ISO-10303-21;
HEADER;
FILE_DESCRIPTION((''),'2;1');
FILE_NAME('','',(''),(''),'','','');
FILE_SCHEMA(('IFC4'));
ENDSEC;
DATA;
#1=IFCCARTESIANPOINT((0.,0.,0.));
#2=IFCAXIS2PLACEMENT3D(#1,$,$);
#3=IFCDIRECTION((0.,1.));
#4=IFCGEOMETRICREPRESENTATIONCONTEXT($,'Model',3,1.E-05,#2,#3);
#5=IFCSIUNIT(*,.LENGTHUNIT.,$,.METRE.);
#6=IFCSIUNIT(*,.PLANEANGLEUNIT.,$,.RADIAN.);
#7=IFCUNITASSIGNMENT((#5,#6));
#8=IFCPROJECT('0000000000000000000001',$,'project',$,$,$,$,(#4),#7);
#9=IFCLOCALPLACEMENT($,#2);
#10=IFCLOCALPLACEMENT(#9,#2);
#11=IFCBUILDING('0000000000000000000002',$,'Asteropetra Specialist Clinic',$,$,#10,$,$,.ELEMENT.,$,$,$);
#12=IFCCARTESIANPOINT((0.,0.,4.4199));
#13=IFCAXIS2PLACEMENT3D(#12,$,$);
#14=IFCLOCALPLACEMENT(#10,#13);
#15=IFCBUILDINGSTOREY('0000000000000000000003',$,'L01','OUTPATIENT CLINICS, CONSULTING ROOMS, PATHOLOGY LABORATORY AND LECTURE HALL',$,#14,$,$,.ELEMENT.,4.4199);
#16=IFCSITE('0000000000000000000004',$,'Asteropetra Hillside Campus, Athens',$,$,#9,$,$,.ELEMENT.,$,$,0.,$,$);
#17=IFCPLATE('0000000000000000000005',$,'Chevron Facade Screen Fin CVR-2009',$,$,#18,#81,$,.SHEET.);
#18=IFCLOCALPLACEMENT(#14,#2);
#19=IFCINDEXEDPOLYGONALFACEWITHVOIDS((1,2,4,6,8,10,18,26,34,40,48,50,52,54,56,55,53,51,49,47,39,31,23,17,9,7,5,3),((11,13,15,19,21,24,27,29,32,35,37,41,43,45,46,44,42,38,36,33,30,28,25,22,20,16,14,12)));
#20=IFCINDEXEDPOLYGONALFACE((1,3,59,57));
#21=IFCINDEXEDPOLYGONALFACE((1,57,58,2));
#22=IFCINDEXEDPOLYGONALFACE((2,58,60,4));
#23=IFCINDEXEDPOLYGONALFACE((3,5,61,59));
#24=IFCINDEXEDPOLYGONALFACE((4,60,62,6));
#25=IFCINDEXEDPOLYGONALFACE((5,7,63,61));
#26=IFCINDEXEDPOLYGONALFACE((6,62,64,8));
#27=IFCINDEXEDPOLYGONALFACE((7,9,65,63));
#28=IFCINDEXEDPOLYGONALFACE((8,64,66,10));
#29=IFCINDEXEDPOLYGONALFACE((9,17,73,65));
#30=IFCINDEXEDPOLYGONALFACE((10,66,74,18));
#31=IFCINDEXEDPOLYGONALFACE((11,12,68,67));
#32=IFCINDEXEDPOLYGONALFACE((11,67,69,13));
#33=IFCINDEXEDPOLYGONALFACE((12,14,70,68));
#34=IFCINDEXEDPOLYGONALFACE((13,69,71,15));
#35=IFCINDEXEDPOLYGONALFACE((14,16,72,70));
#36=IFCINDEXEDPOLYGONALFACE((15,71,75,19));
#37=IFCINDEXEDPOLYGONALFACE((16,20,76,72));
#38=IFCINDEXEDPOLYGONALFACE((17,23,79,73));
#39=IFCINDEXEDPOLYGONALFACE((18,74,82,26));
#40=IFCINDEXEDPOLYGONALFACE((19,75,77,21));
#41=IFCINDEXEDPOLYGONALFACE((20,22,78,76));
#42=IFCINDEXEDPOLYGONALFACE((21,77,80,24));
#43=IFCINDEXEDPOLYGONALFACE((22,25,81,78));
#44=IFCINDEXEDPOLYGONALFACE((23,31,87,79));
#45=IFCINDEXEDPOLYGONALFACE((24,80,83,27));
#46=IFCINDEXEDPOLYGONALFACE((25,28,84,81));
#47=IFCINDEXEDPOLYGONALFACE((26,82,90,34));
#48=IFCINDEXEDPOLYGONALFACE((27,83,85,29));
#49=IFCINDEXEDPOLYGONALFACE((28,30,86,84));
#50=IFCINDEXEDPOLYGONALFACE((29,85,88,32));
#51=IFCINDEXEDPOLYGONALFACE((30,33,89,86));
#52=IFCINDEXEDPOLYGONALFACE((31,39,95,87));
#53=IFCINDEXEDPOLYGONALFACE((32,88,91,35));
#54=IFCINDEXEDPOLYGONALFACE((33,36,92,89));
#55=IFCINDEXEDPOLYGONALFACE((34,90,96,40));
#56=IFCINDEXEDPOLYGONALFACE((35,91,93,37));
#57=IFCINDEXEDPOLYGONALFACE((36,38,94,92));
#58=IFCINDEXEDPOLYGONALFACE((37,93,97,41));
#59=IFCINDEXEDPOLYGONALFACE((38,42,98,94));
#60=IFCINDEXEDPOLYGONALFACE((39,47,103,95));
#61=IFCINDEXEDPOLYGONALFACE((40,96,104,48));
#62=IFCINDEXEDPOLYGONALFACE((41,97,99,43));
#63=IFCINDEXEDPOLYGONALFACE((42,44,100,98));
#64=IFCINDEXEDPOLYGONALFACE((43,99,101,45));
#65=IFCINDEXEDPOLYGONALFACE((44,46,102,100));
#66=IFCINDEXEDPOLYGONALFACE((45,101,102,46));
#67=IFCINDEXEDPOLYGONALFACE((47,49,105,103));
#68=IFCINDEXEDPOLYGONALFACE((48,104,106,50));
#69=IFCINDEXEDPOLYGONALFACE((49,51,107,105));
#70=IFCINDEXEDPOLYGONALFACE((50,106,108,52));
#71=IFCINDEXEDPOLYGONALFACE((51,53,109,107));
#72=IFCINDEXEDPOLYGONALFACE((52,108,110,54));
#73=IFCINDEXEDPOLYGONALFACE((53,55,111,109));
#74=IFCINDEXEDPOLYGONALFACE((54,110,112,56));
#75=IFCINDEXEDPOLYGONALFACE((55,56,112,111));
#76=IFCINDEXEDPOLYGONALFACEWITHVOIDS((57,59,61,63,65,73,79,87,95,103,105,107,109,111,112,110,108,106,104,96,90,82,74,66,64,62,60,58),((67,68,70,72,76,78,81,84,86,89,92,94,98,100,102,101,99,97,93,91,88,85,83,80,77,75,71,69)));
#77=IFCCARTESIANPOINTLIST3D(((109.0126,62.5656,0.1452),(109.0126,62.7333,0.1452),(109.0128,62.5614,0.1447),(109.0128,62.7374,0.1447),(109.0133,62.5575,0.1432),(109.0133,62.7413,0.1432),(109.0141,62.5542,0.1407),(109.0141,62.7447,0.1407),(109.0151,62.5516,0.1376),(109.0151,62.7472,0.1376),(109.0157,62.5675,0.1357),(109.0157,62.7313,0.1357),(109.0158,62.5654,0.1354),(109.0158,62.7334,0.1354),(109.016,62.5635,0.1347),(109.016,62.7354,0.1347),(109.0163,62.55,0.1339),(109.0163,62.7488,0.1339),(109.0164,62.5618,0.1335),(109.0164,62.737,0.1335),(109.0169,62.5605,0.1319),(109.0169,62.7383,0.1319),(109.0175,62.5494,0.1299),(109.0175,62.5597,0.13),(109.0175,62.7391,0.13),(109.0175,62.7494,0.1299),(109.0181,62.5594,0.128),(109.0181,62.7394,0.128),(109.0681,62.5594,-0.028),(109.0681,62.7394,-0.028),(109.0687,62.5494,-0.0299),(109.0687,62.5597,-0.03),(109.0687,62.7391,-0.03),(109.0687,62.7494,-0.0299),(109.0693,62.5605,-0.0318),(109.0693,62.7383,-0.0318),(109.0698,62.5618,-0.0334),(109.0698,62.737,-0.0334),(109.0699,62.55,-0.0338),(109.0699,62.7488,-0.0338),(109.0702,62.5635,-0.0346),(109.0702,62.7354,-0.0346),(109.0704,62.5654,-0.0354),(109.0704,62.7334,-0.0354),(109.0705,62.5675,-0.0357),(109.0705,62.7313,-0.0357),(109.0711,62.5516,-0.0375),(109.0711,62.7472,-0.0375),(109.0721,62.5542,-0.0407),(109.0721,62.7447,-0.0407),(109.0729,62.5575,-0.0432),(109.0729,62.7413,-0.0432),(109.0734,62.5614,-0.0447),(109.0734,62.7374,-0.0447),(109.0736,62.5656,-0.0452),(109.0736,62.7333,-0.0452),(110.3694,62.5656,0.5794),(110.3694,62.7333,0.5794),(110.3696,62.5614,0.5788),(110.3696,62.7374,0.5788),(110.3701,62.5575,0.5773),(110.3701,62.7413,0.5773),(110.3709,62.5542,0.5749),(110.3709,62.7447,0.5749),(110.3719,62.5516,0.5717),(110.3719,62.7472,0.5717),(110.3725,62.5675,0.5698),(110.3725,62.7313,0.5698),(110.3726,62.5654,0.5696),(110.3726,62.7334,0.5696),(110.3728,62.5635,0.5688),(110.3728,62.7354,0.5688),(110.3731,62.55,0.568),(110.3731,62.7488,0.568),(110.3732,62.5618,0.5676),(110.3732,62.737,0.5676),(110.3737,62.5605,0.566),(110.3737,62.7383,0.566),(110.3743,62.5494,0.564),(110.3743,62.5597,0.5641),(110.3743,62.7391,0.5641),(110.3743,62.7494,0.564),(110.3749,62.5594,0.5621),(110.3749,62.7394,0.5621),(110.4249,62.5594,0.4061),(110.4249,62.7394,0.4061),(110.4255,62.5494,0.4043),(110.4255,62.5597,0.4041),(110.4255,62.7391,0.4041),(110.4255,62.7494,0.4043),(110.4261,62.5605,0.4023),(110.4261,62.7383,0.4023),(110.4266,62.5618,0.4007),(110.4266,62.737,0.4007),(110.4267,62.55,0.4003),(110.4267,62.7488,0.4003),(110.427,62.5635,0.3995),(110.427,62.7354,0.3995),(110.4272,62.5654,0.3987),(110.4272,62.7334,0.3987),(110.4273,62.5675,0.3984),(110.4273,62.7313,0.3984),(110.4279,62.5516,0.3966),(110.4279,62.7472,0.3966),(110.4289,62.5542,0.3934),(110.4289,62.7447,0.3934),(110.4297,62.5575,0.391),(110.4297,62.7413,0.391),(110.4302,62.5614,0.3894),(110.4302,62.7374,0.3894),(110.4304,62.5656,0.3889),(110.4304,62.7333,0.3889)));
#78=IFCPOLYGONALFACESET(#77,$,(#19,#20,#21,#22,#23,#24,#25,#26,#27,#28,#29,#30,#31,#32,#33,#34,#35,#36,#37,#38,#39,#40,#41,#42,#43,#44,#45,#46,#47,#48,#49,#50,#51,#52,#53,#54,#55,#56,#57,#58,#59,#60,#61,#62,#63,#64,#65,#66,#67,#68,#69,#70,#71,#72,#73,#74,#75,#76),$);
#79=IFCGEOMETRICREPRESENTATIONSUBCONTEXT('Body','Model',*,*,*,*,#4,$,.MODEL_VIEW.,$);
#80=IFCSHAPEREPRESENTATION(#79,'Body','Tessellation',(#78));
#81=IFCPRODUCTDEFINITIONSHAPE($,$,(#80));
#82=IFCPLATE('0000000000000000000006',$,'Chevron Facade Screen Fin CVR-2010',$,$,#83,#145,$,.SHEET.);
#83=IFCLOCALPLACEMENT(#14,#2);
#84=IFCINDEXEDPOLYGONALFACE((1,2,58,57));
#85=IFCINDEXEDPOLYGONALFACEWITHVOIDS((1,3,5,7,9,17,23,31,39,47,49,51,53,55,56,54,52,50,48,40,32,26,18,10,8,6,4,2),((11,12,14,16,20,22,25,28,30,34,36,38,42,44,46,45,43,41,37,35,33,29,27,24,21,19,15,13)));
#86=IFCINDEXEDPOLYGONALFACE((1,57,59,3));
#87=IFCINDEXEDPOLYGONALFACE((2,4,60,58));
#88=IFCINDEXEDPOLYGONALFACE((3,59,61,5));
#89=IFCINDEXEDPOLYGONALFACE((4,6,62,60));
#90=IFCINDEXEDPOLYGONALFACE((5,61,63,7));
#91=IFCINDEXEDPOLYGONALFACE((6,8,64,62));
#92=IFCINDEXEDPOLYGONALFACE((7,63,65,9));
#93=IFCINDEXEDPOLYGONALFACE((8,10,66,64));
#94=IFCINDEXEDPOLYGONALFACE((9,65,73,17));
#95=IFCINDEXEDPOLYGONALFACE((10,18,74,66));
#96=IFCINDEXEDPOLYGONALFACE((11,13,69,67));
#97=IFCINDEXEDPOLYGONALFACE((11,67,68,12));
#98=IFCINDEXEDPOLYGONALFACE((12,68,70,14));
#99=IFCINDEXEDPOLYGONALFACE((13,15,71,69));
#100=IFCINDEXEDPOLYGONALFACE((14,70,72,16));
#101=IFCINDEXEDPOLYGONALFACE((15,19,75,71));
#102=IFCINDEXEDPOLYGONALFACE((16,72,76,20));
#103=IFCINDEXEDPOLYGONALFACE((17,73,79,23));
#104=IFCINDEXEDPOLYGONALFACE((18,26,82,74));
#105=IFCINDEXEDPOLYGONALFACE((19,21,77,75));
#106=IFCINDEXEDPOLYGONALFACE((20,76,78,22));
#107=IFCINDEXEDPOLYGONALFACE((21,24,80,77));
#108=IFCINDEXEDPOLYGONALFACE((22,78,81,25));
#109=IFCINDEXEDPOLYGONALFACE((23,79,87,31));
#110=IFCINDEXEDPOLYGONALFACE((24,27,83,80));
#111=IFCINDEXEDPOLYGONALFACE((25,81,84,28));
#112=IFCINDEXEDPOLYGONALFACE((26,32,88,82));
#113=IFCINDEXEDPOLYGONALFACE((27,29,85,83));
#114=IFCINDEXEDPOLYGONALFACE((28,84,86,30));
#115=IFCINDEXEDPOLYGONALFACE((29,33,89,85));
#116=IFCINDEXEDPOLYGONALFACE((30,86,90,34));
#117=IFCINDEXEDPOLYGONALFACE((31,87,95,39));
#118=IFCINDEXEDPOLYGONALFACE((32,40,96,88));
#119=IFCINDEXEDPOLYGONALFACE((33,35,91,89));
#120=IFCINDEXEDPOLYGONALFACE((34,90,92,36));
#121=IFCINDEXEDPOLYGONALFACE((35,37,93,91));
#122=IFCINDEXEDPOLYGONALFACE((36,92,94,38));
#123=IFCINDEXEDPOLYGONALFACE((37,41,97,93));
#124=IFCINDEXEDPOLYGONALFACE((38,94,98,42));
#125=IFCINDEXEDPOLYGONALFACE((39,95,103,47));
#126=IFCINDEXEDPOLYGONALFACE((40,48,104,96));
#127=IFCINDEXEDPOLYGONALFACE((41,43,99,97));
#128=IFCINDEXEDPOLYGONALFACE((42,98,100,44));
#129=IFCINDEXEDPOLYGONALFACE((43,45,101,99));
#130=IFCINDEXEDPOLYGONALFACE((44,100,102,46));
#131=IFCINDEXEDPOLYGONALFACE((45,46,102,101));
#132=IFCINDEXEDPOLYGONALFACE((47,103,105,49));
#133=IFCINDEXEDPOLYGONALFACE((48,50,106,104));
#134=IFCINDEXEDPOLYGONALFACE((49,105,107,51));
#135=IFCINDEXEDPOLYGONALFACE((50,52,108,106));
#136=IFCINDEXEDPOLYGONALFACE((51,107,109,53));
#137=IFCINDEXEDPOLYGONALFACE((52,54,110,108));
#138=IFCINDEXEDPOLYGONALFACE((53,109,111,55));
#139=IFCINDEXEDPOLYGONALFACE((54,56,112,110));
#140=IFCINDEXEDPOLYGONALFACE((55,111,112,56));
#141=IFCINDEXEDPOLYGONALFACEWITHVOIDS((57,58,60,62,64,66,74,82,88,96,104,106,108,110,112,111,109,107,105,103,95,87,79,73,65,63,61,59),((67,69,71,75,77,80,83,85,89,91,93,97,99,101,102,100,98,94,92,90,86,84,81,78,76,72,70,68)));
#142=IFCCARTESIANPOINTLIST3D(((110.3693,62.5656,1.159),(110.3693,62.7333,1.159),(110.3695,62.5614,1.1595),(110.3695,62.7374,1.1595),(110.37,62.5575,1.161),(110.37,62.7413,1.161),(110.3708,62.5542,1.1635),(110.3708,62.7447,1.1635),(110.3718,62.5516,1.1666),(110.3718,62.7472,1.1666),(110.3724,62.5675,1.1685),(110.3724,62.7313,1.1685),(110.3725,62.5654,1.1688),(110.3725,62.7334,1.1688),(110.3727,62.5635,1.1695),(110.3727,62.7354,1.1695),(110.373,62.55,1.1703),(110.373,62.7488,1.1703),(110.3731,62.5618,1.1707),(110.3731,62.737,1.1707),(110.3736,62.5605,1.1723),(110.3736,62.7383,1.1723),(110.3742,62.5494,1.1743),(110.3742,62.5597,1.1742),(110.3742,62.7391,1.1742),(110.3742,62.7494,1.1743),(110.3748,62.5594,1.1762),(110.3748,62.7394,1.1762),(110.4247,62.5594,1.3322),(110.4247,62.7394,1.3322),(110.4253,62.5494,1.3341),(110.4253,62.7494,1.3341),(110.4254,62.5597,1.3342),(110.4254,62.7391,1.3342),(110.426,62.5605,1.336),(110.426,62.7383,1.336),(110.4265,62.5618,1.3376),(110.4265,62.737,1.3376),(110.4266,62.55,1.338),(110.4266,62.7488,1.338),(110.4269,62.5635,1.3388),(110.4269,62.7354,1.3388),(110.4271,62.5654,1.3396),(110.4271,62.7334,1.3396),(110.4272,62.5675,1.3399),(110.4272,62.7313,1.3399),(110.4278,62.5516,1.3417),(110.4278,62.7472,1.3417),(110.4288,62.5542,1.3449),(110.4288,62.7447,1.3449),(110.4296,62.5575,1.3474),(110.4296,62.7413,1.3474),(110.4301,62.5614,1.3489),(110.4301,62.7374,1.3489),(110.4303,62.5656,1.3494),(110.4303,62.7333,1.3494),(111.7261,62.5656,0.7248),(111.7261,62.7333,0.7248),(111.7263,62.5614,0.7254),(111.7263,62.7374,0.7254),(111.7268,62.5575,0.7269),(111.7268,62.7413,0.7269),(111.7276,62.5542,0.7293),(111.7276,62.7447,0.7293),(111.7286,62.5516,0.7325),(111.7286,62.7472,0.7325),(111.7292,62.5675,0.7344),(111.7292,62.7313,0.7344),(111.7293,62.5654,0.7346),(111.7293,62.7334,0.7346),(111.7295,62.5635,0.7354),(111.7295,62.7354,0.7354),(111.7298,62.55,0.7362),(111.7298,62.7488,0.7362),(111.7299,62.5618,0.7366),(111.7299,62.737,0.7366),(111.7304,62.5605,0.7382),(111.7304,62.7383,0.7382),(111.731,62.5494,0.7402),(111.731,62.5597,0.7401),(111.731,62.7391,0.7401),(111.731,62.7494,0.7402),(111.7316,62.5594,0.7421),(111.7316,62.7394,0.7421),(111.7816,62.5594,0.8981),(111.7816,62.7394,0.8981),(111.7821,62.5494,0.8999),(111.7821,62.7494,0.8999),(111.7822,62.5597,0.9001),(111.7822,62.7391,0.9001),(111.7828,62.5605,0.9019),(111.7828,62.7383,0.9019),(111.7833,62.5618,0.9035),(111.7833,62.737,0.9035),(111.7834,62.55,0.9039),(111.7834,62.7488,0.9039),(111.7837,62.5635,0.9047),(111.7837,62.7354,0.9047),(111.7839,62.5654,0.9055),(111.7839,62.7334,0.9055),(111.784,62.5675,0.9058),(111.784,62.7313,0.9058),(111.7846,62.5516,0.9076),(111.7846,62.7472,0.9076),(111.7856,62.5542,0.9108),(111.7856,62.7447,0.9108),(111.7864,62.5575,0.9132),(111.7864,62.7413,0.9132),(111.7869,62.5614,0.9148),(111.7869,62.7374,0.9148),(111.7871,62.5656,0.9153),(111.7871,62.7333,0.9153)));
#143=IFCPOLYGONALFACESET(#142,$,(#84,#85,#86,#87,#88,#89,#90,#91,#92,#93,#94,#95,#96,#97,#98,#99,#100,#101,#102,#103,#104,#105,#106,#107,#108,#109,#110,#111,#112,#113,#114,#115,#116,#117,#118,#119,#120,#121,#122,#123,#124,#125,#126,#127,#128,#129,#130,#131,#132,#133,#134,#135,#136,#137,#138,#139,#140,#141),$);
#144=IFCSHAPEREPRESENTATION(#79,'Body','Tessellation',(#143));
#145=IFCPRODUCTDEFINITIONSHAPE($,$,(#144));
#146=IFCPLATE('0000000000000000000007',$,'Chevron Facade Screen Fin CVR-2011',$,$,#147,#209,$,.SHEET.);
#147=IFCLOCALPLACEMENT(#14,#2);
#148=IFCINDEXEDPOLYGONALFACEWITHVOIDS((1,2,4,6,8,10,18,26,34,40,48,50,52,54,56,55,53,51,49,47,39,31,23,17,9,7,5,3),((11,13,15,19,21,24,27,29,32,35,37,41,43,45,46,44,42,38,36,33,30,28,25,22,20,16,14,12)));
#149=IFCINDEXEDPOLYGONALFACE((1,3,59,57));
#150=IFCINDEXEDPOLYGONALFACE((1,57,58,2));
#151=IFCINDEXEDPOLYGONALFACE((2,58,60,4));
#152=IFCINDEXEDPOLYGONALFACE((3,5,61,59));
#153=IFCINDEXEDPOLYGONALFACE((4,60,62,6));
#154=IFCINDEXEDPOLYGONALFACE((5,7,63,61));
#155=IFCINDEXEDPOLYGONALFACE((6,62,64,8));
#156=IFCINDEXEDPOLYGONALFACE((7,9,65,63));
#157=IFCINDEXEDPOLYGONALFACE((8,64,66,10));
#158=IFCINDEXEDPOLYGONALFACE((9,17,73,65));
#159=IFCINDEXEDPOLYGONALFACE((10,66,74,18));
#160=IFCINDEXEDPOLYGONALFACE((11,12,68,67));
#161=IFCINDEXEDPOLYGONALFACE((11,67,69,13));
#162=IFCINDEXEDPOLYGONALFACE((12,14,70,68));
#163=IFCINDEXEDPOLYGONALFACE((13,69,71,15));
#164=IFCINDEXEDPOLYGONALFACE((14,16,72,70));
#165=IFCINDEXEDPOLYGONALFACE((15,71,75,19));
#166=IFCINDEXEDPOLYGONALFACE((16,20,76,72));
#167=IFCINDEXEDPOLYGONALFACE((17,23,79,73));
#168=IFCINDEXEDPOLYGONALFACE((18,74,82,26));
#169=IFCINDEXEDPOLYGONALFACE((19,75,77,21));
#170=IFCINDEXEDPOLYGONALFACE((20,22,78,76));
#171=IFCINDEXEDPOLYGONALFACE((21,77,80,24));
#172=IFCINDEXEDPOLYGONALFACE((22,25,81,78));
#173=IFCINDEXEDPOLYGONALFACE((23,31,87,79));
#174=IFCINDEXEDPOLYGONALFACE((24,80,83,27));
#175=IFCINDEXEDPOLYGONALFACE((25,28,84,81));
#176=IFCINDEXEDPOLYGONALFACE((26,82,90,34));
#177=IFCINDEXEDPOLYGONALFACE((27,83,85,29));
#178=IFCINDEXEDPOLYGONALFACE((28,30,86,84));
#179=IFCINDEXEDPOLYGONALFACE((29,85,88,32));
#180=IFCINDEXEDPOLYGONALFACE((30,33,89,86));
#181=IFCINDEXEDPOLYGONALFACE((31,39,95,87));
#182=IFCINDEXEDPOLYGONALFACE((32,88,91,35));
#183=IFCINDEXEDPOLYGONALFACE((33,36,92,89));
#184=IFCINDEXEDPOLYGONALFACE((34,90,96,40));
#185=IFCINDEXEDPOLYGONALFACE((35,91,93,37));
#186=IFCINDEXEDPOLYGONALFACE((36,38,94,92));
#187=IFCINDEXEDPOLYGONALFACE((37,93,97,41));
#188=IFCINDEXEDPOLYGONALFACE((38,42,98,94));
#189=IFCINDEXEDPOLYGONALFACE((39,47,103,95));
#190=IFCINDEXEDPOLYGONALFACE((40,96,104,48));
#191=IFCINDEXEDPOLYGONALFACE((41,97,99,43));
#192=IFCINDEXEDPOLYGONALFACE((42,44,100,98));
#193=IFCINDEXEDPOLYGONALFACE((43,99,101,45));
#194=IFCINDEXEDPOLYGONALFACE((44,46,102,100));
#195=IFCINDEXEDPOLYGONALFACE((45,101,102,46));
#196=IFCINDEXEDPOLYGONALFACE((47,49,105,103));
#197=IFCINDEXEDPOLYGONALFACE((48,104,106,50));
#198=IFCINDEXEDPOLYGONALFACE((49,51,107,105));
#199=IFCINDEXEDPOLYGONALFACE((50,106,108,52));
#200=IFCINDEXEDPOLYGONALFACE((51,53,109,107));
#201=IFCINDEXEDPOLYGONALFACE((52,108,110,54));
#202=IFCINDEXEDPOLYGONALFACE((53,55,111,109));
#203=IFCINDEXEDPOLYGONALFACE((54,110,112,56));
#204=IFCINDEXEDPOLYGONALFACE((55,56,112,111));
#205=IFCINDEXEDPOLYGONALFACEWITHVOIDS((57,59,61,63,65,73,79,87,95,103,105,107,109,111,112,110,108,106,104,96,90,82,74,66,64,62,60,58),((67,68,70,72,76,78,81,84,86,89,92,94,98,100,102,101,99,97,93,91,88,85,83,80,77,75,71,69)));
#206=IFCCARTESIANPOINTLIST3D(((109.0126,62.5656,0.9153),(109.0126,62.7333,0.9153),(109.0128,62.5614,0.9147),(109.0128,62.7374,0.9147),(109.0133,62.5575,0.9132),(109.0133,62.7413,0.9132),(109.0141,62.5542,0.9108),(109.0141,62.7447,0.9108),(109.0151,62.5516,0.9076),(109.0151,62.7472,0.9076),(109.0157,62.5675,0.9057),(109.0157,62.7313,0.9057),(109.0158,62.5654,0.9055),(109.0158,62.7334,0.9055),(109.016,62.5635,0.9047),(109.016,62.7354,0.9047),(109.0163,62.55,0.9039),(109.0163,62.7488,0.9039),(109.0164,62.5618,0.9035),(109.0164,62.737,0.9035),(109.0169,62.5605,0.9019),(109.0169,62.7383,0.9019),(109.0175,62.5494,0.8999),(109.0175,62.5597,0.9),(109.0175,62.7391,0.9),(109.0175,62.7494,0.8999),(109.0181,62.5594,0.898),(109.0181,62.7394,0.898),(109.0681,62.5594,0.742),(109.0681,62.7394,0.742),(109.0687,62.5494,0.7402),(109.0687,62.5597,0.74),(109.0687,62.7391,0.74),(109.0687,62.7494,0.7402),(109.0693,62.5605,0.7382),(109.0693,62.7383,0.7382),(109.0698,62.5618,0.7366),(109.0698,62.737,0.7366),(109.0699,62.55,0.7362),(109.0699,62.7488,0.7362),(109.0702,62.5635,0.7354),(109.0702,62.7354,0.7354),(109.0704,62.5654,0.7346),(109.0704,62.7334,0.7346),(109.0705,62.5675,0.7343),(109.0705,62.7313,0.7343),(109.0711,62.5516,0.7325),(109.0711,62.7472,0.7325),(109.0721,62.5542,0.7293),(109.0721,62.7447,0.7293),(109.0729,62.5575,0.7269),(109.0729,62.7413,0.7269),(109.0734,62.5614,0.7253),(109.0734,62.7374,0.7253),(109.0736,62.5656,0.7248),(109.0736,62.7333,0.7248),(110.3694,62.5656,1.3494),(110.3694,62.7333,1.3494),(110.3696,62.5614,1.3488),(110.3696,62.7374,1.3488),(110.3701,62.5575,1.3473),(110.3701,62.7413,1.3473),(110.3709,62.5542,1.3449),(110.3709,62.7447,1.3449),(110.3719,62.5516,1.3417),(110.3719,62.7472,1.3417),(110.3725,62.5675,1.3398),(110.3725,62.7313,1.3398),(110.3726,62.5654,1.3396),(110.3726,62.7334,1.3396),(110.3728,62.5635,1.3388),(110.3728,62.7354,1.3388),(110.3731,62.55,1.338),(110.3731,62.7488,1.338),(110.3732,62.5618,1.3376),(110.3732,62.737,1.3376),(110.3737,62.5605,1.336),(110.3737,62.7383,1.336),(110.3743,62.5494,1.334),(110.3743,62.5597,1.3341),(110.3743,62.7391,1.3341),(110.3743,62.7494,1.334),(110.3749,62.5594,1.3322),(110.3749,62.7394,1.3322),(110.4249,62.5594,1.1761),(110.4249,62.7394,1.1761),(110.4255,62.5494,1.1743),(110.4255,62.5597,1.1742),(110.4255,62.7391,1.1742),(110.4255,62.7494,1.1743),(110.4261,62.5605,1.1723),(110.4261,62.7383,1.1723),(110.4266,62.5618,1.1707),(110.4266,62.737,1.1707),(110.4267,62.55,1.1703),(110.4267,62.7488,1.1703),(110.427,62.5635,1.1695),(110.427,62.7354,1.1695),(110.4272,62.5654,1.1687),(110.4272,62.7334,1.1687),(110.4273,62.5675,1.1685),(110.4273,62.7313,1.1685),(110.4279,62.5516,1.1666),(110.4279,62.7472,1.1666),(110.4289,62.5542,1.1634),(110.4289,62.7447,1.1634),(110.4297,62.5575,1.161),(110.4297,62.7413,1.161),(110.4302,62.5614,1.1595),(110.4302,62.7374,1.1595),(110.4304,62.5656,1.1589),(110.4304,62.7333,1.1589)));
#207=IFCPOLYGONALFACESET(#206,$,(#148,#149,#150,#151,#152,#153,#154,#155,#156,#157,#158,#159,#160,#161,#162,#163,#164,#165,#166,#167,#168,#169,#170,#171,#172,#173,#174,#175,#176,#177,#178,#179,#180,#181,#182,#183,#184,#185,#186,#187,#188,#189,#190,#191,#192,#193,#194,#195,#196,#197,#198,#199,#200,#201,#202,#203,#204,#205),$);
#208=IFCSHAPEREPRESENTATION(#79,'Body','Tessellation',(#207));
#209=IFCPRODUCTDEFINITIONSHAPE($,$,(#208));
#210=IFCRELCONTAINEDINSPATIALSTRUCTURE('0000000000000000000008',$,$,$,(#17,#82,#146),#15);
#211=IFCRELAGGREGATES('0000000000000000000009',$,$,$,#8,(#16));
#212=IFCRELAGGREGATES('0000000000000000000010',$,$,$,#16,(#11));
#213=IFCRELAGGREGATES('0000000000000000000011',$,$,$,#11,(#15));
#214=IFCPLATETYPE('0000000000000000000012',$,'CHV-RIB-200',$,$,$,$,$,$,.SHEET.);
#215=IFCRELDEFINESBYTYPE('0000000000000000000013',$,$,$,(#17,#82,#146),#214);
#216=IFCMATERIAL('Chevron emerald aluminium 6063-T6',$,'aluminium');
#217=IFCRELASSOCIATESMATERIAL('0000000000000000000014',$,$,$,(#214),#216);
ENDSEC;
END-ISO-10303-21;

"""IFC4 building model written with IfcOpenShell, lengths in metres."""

from ifc_helpers import new_model, si_unit, direction, frame, origin, origin_2d, place, context, subcontext, project, spatial, hollow_rectangle, extrude, material, material_profile, profile_set, type_object, element, save


model = new_model("IFC4")

# Units and contexts
model_context = context("Model", 3, precision=1e-05, world=origin(), true_north=direction((0.0, 1.0)))
body_context = subcontext(model_context, "Body", "Model", "MODEL_VIEW")
ifc_project = project(units=[si_unit("LENGTHUNIT", "METRE"), si_unit("PLANEANGLEUNIT", "RADIAN")], contexts=[model_context])

# Site, building, storey
site_placement = place(None, origin())
site = spatial("IfcSite", under=ifc_project, at=site_placement, Name="Asteropetra Hillside Campus, Athens", CompositionType="ELEMENT", RefElevation=0.0)
building_placement = place(site_placement, origin())
building = spatial("IfcBuilding", under=site, at=building_placement, Name="Asteropetra Specialist Clinic", CompositionType="ELEMENT")
storey_placement = place(building_placement, frame((0.0, 0.0, 4.4199)))
storey = spatial("IfcBuildingStorey", under=building, at=storey_placement, Name="L01", Description="OUTPATIENT CLINICS, CONSULTING ROOMS, PATHOLOGY LABORATORY AND LECTURE HALL", CompositionType="ELEMENT", Elevation=4.4199)

# Plates
ifc_material_1 = material(Name="Chevron emerald aluminium 6063-T6", Category="aluminium")
ifc_material_profile = material_profile(ifc_material_1, hollow_rectangle(XDim=0.2, YDim=0.2, WallThickness=0.01, InnerFilletRadius=0.0081, OuterFilletRadius=0.0161, at=origin_2d()), Name="SHS 200x200x10.0")
ifc_profile_set = profile_set([ifc_material_profile], Name="Chevron emerald aluminium 6063-T6")
plate_type = type_object("IfcPlateType", Name="CHV-RIB-200", PredefinedType="SHEET", material=ifc_profile_set)
for number, where, z_axis, x_axis, name in (
    (1, (110.3999, 62.6494, 0.4841), (-0.952436, 0.0, -0.304738), (0.0, -1.0, 0.0), "Chevron Facade Screen Fin CVR-2009"),
    (2, (111.7566, 62.6494, 0.8201), (-0.952436, 0.0, 0.304738), (0.0, -1.0, 0.0), "Chevron Facade Screen Fin CVR-2010"),
    (3, (110.3999, 62.6494, 1.2542), (-0.952436, 0.0, -0.304738), (0.0, -1.0, 0.0), "Chevron Facade Screen Fin CVR-2011"),
):
    element("IfcPlate", number, at=place(storey_placement, frame(where, z_axis=z_axis, x_axis=x_axis)), inside=storey, type_object=plate_type, Name=name, PredefinedType="SHEET", context=body_context, shape_type="SweptSolid", body=[
        extrude(hollow_rectangle(XDim=0.2, YDim=0.2, WallThickness=0.01, InnerFilletRadius=0.0081, OuterFilletRadius=0.0161, at=origin_2d()), origin(), (0.0, 0.0, 1.0), 1.4246),
    ])

save(model, "model.ifc")
